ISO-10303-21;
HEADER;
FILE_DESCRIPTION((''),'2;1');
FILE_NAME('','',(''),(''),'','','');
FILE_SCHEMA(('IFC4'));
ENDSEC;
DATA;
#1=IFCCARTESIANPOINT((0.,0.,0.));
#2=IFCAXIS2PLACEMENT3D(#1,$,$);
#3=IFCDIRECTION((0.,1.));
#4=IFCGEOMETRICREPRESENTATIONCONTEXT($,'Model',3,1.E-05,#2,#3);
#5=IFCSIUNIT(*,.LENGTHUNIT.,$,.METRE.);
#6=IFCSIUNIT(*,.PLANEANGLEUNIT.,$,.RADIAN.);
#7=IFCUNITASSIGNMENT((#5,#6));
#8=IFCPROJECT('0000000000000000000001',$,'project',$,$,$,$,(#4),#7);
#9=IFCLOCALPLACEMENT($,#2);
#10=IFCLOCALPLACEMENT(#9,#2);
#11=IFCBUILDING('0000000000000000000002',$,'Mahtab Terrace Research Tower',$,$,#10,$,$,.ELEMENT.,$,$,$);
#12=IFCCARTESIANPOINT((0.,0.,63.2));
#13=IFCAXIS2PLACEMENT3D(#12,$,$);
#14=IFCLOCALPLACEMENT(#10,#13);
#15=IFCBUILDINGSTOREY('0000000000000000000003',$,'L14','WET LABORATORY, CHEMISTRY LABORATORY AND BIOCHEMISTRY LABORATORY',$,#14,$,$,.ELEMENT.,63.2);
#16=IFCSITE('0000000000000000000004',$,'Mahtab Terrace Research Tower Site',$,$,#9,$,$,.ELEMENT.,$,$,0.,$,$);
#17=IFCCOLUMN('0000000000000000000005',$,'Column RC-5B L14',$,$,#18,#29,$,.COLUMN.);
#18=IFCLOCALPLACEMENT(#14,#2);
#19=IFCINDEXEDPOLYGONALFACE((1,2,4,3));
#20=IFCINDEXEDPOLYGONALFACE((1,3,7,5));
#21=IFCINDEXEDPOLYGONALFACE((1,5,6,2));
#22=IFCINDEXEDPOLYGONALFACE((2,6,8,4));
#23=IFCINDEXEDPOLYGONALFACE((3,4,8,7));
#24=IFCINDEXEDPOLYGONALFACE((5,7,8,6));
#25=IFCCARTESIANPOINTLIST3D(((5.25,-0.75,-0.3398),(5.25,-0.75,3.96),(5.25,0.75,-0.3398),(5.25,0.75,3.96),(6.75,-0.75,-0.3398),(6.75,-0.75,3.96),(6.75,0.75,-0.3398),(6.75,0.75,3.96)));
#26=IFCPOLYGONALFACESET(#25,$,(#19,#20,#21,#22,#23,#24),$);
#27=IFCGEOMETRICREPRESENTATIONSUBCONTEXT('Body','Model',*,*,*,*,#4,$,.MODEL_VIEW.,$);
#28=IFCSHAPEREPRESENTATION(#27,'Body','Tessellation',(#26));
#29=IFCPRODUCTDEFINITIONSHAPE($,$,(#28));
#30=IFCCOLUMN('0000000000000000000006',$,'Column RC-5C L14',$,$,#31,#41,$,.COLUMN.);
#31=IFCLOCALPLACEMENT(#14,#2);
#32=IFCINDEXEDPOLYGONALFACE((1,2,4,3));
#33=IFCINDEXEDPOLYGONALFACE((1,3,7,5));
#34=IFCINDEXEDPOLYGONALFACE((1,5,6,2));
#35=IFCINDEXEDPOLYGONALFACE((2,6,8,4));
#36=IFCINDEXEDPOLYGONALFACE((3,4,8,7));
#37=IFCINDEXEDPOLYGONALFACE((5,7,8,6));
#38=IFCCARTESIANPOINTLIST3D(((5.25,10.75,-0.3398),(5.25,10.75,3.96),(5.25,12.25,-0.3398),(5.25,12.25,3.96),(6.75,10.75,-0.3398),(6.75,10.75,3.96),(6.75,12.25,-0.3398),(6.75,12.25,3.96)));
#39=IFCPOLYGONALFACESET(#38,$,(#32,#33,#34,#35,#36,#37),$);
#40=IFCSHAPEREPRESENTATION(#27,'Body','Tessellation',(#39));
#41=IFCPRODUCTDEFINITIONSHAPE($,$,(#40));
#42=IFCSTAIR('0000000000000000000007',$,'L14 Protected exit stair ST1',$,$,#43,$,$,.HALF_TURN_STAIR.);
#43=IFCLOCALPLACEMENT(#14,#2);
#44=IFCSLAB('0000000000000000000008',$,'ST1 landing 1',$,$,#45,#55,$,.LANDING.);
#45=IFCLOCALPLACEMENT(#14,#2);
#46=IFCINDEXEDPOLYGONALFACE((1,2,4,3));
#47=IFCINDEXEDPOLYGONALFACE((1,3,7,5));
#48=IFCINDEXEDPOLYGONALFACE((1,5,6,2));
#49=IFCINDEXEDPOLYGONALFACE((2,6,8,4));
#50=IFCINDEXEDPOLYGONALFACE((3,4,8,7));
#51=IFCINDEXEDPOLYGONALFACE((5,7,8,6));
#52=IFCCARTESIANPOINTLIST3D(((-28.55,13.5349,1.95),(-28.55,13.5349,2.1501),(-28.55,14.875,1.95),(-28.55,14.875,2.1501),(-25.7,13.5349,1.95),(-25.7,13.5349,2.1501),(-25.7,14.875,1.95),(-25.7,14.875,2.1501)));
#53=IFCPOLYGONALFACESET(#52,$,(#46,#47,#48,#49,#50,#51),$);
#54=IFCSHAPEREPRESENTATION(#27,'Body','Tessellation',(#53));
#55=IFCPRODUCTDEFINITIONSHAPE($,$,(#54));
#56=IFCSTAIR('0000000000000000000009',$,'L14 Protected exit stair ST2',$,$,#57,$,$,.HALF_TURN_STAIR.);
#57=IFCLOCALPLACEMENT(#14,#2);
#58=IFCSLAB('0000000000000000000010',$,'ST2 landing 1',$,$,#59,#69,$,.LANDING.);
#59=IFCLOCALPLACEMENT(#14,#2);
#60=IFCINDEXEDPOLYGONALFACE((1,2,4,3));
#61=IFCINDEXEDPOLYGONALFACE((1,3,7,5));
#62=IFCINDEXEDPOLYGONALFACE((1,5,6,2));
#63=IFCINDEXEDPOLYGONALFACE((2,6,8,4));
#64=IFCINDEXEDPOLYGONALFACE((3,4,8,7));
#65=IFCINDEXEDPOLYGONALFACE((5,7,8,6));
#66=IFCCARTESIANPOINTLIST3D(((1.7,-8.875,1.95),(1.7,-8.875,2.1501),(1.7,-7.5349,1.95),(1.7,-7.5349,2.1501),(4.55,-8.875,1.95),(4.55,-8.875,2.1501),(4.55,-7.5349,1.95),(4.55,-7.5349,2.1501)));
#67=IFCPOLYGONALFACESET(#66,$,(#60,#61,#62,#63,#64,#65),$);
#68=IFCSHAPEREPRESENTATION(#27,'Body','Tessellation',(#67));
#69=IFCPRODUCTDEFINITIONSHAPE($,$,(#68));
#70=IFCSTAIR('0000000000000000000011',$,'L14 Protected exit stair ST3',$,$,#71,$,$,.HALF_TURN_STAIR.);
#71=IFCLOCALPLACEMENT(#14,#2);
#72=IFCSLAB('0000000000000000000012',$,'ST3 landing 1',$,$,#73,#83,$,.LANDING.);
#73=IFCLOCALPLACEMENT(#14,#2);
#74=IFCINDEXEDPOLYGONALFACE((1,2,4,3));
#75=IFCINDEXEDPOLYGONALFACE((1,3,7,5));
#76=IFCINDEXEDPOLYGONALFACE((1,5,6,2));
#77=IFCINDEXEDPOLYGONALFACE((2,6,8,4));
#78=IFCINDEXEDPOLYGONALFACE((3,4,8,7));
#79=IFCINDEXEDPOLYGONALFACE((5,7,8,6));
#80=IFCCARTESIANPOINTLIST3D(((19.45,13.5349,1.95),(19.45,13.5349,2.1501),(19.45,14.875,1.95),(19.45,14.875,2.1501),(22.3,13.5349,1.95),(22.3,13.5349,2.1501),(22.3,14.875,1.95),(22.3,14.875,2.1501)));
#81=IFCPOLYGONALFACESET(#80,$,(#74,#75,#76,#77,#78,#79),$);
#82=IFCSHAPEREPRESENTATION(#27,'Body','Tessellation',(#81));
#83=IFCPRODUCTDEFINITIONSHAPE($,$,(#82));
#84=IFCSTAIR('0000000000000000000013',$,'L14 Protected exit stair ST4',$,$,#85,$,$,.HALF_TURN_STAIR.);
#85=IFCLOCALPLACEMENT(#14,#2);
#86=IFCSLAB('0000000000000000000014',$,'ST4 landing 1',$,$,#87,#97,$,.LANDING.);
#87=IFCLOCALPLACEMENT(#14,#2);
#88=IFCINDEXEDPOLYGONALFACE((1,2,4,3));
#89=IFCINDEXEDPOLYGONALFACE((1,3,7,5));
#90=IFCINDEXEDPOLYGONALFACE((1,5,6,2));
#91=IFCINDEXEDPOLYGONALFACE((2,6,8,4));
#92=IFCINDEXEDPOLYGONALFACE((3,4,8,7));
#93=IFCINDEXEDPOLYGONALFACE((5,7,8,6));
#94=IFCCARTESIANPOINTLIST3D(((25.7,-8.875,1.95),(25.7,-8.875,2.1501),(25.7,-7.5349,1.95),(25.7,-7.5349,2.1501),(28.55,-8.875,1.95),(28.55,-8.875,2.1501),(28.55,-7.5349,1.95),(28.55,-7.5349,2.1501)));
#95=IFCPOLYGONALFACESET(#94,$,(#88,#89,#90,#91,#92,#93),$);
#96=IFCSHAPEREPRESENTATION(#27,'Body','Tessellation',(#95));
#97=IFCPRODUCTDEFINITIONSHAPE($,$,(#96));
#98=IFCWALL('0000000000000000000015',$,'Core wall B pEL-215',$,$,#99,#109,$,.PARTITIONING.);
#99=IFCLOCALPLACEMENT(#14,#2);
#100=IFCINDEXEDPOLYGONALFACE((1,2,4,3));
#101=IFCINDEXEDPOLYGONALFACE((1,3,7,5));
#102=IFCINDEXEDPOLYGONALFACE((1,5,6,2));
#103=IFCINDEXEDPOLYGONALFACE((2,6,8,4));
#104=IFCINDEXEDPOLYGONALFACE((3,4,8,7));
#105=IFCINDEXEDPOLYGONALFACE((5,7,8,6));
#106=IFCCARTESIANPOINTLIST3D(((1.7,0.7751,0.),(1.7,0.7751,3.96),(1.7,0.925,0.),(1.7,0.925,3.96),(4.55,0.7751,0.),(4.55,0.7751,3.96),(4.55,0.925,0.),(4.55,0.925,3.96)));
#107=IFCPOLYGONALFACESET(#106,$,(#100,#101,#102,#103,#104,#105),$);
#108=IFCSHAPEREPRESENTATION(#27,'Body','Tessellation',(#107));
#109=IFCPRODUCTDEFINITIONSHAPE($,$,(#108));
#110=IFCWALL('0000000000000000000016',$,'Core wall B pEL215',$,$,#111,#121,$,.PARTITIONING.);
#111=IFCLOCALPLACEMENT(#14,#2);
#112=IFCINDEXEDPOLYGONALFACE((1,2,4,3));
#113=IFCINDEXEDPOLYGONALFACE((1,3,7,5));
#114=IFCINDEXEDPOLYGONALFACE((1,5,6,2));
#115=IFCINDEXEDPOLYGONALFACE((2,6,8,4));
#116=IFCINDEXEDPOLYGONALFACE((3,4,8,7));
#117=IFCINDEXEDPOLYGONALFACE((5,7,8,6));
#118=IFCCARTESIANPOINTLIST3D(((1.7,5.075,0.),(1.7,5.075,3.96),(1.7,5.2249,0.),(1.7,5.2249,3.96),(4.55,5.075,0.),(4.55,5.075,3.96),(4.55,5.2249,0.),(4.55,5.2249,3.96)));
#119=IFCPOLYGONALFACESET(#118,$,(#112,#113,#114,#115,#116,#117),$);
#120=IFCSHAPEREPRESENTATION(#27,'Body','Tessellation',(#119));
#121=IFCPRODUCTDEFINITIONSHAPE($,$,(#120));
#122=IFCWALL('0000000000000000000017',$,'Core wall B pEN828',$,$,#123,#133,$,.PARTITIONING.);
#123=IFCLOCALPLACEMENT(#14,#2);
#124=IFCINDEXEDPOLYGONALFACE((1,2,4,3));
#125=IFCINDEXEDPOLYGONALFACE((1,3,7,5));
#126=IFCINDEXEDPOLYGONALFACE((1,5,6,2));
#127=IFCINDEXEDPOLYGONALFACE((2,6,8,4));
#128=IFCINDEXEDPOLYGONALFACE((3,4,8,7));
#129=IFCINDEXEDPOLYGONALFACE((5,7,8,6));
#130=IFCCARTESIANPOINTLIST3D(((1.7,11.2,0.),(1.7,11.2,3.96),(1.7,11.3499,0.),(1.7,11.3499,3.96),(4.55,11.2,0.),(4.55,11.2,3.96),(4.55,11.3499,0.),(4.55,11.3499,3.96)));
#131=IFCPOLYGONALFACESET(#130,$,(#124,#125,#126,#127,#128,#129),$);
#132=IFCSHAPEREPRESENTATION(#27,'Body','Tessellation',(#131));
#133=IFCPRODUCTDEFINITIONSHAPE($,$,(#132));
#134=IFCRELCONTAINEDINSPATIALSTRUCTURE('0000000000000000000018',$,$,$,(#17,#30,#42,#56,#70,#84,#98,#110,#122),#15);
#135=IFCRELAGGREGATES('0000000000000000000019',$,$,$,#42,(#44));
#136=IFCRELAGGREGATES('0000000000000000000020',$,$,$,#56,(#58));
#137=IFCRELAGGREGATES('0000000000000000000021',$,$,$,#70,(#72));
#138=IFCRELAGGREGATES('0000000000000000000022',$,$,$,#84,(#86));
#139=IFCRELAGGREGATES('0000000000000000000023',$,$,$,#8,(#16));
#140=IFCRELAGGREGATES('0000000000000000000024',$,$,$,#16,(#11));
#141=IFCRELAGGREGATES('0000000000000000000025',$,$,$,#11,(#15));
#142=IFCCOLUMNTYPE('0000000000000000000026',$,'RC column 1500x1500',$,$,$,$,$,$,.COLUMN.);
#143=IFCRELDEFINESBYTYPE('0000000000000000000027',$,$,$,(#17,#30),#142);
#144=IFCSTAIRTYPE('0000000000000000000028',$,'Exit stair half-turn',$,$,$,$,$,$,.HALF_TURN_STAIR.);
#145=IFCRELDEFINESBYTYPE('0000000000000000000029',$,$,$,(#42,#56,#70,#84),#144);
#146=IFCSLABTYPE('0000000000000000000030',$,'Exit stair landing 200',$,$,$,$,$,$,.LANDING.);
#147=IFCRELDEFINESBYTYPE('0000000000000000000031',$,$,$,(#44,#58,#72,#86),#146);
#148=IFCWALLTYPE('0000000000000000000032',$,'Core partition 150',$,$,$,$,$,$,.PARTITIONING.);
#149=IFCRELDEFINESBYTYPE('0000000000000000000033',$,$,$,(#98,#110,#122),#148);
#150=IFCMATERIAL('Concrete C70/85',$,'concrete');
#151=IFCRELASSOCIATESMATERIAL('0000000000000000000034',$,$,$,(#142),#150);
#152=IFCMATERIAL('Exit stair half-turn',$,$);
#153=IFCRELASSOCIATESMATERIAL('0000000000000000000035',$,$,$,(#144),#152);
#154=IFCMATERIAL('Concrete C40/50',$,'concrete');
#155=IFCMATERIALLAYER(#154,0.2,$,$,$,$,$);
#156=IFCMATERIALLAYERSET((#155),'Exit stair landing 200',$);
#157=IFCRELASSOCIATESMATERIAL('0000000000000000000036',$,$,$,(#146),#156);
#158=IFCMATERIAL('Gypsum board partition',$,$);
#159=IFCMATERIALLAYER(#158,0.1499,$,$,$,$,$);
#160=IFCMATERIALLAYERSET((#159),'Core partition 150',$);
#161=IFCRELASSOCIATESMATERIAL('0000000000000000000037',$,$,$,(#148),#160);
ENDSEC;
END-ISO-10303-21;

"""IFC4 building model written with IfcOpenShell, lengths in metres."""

from ifc_helpers import new_model, si_unit, direction, frame, frame_2d, origin, origin_2d, place, context, subcontext, project, spatial, polyline, rectangle, outline, extrude, material, layer, layer_set, material_profile, profile_set, type_object, element, aggregate, save


model = new_model("IFC4")

# Units and contexts
model_context = context("Model", 3, precision=1e-05, world=origin(), true_north=direction((0.0, 1.0)))
body_context = subcontext(model_context, "Body", "Model", "MODEL_VIEW")
ifc_project = project(units=[si_unit("LENGTHUNIT", "METRE"), si_unit("PLANEANGLEUNIT", "RADIAN")], contexts=[model_context])

# Site, building, storey
site_placement = place(None, origin())
site = spatial("IfcSite", under=ifc_project, at=site_placement, Name="Mahtab Terrace Research Tower Site", CompositionType="ELEMENT", RefElevation=0.0)
building_placement = place(site_placement, origin())
building = spatial("IfcBuilding", under=site, at=building_placement, Name="Mahtab Terrace Research Tower", CompositionType="ELEMENT")
storey_placement = place(building_placement, frame((0.0, 0.0, 63.2)))
storey = spatial("IfcBuildingStorey", under=building, at=storey_placement, Name="L14", Description="WET LABORATORY, CHEMISTRY LABORATORY AND BIOCHEMISTRY LABORATORY", CompositionType="ELEMENT", Elevation=63.2)

# Columns
ifc_material_1 = material(Name="Concrete C70/85", Category="concrete")
ifc_material_profile = material_profile(ifc_material_1, rectangle(XDim=1.5, YDim=1.5, at=origin_2d()), Name="RC column 1500x1500")
ifc_profile_set = profile_set([ifc_material_profile], Name="Concrete C70/85")
column_type = type_object("IfcColumnType", Name="RC column 1500x1500", PredefinedType="COLUMN", material=ifc_profile_set)
for number, where, z_axis, x_axis, name in (
    (1, (6.0, 0.0, -0.3398), (0.0, 0.0, 1.0), (1.0, 0.0, 0.0), "Column RC-5B L14"),
    (2, (6.0, 11.5, -0.3398), (0.0, 0.0, 1.0), (1.0, 0.0, 0.0), "Column RC-5C L14"),
):
    element("IfcColumn", number, at=place(storey_placement, frame(where, z_axis=z_axis, x_axis=x_axis)), inside=storey, type_object=column_type, Name=name, PredefinedType="COLUMN", context=body_context, shape_type="SweptSolid", body=[
        extrude(rectangle(XDim=1.5, YDim=1.5, at=origin_2d()), origin(), (0.0, 0.0, 1.0), 4.2998),
    ])

# Stairs, slabs
ifc_material_2 = material(Name="Exit stair half-turn")
stair_type = type_object("IfcStairType", Name="Exit stair half-turn", PredefinedType="HALF_TURN_STAIR", material=ifc_material_2)
stair_1_placement = place(storey_placement, origin())
stair_1 = element("IfcStair", 3, at=stair_1_placement, inside=storey, type_object=stair_type, Name="L14 Protected exit stair ST1", PredefinedType="HALF_TURN_STAIR")
ifc_material_3 = material(Name="Concrete C40/50", Category="concrete")
ifc_layer_1 = layer(ifc_material_3, 0.2)
ifc_layer_set_1 = layer_set([ifc_layer_1], Name="Exit stair landing 200")
slab_type = type_object("IfcSlabType", Name="Exit stair landing 200", PredefinedType="LANDING", material=ifc_layer_set_1)
slab_1_placement = place(storey_placement, frame((0.0, 0.0, 1.95)))
slab_1 = element("IfcSlab", 4, at=slab_1_placement, type_object=slab_type, Name="ST1 landing 1", PredefinedType="LANDING", context=body_context, shape_type="SweptSolid", body=[
    extrude(outline(polyline([(-25.7, 13.5349), (-25.7, 14.875), (-28.55, 14.875), (-28.55, 13.5349), (-25.7, 13.5349)])), origin(), (0.0, 0.0, 1.0), 0.2002),
])
aggregate(stair_1, [slab_1])
stair_2_placement = place(storey_placement, origin())
stair_2 = element("IfcStair", 5, at=stair_2_placement, inside=storey, type_object=stair_type, Name="L14 Protected exit stair ST2", PredefinedType="HALF_TURN_STAIR")
slab_2_placement = place(storey_placement, frame((0.0, 0.0, 1.95)))
slab_2 = element("IfcSlab", 6, at=slab_2_placement, type_object=slab_type, Name="ST2 landing 1", PredefinedType="LANDING", context=body_context, shape_type="SweptSolid", body=[
    extrude(outline(polyline([(1.7, -7.5349), (1.7, -8.875), (4.55, -8.875), (4.55, -7.5349), (1.7, -7.5349)])), origin(), (0.0, 0.0, 1.0), 0.2002),
])
aggregate(stair_2, [slab_2])
stair_3_placement = place(storey_placement, origin())
stair_3 = element("IfcStair", 7, at=stair_3_placement, inside=storey, type_object=stair_type, Name="L14 Protected exit stair ST3", PredefinedType="HALF_TURN_STAIR")
slab_3_placement = place(storey_placement, frame((0.0, 0.0, 1.95)))
slab_3 = element("IfcSlab", 8, at=slab_3_placement, type_object=slab_type, Name="ST3 landing 1", PredefinedType="LANDING", context=body_context, shape_type="SweptSolid", body=[
    extrude(outline(polyline([(22.3, 13.5349), (22.3, 14.875), (19.45, 14.875), (19.45, 13.5349), (22.3, 13.5349)])), origin(), (0.0, 0.0, 1.0), 0.2002),
])
aggregate(stair_3, [slab_3])
stair_4_placement = place(storey_placement, origin())
stair_4 = element("IfcStair", 9, at=stair_4_placement, inside=storey, type_object=stair_type, Name="L14 Protected exit stair ST4", PredefinedType="HALF_TURN_STAIR")
slab_4_placement = place(storey_placement, frame((0.0, 0.0, 1.95)))
slab_4 = element("IfcSlab", 10, at=slab_4_placement, type_object=slab_type, Name="ST4 landing 1", PredefinedType="LANDING", context=body_context, shape_type="SweptSolid", body=[
    extrude(outline(polyline([(25.7, -7.5349), (25.7, -8.875), (28.55, -8.875), (28.55, -7.5349), (25.7, -7.5349)])), origin(), (0.0, 0.0, 1.0), 0.2002),
])
aggregate(stair_4, [slab_4])

# Walls
ifc_material_4 = material(Name="Gypsum board partition")
ifc_layer_2 = layer(ifc_material_4, 0.1499)
ifc_layer_set_2 = layer_set([ifc_layer_2], Name="Core partition 150")
wall_type_1 = type_object("IfcWallType", Name="Core partition 150", PredefinedType="PARTITIONING", material=ifc_layer_set_2)
for number, where, z_axis, x_axis, name in (
    (11, (1.7, 0.8501, 0.0), (0.0, 0.0, 1.0), (1.0, 0.0, 0.0), "Core wall B pEL-215"),
    (12, (1.7, 5.1499, 0.0), (0.0, 0.0, 1.0), (1.0, 0.0, 0.0), "Core wall B pEL215"),
    (13, (1.7, 11.2749, 0.0), (0.0, 0.0, 1.0), (1.0, 0.0, 0.0), "Core wall B pEN828"),
):
    element("IfcWall", number, at=place(storey_placement, frame(where, z_axis=z_axis, x_axis=x_axis)), inside=storey, type_object=wall_type_1, Name=name, PredefinedType="PARTITIONING", context=body_context, shape_type="SweptSolid", body=[
        extrude(rectangle(XDim=2.8501, YDim=0.1499, at=frame_2d((1.425, 0.0))), origin(), (0.0, 0.0, 1.0), 3.96),
    ])

save(model, "model.ifc")
